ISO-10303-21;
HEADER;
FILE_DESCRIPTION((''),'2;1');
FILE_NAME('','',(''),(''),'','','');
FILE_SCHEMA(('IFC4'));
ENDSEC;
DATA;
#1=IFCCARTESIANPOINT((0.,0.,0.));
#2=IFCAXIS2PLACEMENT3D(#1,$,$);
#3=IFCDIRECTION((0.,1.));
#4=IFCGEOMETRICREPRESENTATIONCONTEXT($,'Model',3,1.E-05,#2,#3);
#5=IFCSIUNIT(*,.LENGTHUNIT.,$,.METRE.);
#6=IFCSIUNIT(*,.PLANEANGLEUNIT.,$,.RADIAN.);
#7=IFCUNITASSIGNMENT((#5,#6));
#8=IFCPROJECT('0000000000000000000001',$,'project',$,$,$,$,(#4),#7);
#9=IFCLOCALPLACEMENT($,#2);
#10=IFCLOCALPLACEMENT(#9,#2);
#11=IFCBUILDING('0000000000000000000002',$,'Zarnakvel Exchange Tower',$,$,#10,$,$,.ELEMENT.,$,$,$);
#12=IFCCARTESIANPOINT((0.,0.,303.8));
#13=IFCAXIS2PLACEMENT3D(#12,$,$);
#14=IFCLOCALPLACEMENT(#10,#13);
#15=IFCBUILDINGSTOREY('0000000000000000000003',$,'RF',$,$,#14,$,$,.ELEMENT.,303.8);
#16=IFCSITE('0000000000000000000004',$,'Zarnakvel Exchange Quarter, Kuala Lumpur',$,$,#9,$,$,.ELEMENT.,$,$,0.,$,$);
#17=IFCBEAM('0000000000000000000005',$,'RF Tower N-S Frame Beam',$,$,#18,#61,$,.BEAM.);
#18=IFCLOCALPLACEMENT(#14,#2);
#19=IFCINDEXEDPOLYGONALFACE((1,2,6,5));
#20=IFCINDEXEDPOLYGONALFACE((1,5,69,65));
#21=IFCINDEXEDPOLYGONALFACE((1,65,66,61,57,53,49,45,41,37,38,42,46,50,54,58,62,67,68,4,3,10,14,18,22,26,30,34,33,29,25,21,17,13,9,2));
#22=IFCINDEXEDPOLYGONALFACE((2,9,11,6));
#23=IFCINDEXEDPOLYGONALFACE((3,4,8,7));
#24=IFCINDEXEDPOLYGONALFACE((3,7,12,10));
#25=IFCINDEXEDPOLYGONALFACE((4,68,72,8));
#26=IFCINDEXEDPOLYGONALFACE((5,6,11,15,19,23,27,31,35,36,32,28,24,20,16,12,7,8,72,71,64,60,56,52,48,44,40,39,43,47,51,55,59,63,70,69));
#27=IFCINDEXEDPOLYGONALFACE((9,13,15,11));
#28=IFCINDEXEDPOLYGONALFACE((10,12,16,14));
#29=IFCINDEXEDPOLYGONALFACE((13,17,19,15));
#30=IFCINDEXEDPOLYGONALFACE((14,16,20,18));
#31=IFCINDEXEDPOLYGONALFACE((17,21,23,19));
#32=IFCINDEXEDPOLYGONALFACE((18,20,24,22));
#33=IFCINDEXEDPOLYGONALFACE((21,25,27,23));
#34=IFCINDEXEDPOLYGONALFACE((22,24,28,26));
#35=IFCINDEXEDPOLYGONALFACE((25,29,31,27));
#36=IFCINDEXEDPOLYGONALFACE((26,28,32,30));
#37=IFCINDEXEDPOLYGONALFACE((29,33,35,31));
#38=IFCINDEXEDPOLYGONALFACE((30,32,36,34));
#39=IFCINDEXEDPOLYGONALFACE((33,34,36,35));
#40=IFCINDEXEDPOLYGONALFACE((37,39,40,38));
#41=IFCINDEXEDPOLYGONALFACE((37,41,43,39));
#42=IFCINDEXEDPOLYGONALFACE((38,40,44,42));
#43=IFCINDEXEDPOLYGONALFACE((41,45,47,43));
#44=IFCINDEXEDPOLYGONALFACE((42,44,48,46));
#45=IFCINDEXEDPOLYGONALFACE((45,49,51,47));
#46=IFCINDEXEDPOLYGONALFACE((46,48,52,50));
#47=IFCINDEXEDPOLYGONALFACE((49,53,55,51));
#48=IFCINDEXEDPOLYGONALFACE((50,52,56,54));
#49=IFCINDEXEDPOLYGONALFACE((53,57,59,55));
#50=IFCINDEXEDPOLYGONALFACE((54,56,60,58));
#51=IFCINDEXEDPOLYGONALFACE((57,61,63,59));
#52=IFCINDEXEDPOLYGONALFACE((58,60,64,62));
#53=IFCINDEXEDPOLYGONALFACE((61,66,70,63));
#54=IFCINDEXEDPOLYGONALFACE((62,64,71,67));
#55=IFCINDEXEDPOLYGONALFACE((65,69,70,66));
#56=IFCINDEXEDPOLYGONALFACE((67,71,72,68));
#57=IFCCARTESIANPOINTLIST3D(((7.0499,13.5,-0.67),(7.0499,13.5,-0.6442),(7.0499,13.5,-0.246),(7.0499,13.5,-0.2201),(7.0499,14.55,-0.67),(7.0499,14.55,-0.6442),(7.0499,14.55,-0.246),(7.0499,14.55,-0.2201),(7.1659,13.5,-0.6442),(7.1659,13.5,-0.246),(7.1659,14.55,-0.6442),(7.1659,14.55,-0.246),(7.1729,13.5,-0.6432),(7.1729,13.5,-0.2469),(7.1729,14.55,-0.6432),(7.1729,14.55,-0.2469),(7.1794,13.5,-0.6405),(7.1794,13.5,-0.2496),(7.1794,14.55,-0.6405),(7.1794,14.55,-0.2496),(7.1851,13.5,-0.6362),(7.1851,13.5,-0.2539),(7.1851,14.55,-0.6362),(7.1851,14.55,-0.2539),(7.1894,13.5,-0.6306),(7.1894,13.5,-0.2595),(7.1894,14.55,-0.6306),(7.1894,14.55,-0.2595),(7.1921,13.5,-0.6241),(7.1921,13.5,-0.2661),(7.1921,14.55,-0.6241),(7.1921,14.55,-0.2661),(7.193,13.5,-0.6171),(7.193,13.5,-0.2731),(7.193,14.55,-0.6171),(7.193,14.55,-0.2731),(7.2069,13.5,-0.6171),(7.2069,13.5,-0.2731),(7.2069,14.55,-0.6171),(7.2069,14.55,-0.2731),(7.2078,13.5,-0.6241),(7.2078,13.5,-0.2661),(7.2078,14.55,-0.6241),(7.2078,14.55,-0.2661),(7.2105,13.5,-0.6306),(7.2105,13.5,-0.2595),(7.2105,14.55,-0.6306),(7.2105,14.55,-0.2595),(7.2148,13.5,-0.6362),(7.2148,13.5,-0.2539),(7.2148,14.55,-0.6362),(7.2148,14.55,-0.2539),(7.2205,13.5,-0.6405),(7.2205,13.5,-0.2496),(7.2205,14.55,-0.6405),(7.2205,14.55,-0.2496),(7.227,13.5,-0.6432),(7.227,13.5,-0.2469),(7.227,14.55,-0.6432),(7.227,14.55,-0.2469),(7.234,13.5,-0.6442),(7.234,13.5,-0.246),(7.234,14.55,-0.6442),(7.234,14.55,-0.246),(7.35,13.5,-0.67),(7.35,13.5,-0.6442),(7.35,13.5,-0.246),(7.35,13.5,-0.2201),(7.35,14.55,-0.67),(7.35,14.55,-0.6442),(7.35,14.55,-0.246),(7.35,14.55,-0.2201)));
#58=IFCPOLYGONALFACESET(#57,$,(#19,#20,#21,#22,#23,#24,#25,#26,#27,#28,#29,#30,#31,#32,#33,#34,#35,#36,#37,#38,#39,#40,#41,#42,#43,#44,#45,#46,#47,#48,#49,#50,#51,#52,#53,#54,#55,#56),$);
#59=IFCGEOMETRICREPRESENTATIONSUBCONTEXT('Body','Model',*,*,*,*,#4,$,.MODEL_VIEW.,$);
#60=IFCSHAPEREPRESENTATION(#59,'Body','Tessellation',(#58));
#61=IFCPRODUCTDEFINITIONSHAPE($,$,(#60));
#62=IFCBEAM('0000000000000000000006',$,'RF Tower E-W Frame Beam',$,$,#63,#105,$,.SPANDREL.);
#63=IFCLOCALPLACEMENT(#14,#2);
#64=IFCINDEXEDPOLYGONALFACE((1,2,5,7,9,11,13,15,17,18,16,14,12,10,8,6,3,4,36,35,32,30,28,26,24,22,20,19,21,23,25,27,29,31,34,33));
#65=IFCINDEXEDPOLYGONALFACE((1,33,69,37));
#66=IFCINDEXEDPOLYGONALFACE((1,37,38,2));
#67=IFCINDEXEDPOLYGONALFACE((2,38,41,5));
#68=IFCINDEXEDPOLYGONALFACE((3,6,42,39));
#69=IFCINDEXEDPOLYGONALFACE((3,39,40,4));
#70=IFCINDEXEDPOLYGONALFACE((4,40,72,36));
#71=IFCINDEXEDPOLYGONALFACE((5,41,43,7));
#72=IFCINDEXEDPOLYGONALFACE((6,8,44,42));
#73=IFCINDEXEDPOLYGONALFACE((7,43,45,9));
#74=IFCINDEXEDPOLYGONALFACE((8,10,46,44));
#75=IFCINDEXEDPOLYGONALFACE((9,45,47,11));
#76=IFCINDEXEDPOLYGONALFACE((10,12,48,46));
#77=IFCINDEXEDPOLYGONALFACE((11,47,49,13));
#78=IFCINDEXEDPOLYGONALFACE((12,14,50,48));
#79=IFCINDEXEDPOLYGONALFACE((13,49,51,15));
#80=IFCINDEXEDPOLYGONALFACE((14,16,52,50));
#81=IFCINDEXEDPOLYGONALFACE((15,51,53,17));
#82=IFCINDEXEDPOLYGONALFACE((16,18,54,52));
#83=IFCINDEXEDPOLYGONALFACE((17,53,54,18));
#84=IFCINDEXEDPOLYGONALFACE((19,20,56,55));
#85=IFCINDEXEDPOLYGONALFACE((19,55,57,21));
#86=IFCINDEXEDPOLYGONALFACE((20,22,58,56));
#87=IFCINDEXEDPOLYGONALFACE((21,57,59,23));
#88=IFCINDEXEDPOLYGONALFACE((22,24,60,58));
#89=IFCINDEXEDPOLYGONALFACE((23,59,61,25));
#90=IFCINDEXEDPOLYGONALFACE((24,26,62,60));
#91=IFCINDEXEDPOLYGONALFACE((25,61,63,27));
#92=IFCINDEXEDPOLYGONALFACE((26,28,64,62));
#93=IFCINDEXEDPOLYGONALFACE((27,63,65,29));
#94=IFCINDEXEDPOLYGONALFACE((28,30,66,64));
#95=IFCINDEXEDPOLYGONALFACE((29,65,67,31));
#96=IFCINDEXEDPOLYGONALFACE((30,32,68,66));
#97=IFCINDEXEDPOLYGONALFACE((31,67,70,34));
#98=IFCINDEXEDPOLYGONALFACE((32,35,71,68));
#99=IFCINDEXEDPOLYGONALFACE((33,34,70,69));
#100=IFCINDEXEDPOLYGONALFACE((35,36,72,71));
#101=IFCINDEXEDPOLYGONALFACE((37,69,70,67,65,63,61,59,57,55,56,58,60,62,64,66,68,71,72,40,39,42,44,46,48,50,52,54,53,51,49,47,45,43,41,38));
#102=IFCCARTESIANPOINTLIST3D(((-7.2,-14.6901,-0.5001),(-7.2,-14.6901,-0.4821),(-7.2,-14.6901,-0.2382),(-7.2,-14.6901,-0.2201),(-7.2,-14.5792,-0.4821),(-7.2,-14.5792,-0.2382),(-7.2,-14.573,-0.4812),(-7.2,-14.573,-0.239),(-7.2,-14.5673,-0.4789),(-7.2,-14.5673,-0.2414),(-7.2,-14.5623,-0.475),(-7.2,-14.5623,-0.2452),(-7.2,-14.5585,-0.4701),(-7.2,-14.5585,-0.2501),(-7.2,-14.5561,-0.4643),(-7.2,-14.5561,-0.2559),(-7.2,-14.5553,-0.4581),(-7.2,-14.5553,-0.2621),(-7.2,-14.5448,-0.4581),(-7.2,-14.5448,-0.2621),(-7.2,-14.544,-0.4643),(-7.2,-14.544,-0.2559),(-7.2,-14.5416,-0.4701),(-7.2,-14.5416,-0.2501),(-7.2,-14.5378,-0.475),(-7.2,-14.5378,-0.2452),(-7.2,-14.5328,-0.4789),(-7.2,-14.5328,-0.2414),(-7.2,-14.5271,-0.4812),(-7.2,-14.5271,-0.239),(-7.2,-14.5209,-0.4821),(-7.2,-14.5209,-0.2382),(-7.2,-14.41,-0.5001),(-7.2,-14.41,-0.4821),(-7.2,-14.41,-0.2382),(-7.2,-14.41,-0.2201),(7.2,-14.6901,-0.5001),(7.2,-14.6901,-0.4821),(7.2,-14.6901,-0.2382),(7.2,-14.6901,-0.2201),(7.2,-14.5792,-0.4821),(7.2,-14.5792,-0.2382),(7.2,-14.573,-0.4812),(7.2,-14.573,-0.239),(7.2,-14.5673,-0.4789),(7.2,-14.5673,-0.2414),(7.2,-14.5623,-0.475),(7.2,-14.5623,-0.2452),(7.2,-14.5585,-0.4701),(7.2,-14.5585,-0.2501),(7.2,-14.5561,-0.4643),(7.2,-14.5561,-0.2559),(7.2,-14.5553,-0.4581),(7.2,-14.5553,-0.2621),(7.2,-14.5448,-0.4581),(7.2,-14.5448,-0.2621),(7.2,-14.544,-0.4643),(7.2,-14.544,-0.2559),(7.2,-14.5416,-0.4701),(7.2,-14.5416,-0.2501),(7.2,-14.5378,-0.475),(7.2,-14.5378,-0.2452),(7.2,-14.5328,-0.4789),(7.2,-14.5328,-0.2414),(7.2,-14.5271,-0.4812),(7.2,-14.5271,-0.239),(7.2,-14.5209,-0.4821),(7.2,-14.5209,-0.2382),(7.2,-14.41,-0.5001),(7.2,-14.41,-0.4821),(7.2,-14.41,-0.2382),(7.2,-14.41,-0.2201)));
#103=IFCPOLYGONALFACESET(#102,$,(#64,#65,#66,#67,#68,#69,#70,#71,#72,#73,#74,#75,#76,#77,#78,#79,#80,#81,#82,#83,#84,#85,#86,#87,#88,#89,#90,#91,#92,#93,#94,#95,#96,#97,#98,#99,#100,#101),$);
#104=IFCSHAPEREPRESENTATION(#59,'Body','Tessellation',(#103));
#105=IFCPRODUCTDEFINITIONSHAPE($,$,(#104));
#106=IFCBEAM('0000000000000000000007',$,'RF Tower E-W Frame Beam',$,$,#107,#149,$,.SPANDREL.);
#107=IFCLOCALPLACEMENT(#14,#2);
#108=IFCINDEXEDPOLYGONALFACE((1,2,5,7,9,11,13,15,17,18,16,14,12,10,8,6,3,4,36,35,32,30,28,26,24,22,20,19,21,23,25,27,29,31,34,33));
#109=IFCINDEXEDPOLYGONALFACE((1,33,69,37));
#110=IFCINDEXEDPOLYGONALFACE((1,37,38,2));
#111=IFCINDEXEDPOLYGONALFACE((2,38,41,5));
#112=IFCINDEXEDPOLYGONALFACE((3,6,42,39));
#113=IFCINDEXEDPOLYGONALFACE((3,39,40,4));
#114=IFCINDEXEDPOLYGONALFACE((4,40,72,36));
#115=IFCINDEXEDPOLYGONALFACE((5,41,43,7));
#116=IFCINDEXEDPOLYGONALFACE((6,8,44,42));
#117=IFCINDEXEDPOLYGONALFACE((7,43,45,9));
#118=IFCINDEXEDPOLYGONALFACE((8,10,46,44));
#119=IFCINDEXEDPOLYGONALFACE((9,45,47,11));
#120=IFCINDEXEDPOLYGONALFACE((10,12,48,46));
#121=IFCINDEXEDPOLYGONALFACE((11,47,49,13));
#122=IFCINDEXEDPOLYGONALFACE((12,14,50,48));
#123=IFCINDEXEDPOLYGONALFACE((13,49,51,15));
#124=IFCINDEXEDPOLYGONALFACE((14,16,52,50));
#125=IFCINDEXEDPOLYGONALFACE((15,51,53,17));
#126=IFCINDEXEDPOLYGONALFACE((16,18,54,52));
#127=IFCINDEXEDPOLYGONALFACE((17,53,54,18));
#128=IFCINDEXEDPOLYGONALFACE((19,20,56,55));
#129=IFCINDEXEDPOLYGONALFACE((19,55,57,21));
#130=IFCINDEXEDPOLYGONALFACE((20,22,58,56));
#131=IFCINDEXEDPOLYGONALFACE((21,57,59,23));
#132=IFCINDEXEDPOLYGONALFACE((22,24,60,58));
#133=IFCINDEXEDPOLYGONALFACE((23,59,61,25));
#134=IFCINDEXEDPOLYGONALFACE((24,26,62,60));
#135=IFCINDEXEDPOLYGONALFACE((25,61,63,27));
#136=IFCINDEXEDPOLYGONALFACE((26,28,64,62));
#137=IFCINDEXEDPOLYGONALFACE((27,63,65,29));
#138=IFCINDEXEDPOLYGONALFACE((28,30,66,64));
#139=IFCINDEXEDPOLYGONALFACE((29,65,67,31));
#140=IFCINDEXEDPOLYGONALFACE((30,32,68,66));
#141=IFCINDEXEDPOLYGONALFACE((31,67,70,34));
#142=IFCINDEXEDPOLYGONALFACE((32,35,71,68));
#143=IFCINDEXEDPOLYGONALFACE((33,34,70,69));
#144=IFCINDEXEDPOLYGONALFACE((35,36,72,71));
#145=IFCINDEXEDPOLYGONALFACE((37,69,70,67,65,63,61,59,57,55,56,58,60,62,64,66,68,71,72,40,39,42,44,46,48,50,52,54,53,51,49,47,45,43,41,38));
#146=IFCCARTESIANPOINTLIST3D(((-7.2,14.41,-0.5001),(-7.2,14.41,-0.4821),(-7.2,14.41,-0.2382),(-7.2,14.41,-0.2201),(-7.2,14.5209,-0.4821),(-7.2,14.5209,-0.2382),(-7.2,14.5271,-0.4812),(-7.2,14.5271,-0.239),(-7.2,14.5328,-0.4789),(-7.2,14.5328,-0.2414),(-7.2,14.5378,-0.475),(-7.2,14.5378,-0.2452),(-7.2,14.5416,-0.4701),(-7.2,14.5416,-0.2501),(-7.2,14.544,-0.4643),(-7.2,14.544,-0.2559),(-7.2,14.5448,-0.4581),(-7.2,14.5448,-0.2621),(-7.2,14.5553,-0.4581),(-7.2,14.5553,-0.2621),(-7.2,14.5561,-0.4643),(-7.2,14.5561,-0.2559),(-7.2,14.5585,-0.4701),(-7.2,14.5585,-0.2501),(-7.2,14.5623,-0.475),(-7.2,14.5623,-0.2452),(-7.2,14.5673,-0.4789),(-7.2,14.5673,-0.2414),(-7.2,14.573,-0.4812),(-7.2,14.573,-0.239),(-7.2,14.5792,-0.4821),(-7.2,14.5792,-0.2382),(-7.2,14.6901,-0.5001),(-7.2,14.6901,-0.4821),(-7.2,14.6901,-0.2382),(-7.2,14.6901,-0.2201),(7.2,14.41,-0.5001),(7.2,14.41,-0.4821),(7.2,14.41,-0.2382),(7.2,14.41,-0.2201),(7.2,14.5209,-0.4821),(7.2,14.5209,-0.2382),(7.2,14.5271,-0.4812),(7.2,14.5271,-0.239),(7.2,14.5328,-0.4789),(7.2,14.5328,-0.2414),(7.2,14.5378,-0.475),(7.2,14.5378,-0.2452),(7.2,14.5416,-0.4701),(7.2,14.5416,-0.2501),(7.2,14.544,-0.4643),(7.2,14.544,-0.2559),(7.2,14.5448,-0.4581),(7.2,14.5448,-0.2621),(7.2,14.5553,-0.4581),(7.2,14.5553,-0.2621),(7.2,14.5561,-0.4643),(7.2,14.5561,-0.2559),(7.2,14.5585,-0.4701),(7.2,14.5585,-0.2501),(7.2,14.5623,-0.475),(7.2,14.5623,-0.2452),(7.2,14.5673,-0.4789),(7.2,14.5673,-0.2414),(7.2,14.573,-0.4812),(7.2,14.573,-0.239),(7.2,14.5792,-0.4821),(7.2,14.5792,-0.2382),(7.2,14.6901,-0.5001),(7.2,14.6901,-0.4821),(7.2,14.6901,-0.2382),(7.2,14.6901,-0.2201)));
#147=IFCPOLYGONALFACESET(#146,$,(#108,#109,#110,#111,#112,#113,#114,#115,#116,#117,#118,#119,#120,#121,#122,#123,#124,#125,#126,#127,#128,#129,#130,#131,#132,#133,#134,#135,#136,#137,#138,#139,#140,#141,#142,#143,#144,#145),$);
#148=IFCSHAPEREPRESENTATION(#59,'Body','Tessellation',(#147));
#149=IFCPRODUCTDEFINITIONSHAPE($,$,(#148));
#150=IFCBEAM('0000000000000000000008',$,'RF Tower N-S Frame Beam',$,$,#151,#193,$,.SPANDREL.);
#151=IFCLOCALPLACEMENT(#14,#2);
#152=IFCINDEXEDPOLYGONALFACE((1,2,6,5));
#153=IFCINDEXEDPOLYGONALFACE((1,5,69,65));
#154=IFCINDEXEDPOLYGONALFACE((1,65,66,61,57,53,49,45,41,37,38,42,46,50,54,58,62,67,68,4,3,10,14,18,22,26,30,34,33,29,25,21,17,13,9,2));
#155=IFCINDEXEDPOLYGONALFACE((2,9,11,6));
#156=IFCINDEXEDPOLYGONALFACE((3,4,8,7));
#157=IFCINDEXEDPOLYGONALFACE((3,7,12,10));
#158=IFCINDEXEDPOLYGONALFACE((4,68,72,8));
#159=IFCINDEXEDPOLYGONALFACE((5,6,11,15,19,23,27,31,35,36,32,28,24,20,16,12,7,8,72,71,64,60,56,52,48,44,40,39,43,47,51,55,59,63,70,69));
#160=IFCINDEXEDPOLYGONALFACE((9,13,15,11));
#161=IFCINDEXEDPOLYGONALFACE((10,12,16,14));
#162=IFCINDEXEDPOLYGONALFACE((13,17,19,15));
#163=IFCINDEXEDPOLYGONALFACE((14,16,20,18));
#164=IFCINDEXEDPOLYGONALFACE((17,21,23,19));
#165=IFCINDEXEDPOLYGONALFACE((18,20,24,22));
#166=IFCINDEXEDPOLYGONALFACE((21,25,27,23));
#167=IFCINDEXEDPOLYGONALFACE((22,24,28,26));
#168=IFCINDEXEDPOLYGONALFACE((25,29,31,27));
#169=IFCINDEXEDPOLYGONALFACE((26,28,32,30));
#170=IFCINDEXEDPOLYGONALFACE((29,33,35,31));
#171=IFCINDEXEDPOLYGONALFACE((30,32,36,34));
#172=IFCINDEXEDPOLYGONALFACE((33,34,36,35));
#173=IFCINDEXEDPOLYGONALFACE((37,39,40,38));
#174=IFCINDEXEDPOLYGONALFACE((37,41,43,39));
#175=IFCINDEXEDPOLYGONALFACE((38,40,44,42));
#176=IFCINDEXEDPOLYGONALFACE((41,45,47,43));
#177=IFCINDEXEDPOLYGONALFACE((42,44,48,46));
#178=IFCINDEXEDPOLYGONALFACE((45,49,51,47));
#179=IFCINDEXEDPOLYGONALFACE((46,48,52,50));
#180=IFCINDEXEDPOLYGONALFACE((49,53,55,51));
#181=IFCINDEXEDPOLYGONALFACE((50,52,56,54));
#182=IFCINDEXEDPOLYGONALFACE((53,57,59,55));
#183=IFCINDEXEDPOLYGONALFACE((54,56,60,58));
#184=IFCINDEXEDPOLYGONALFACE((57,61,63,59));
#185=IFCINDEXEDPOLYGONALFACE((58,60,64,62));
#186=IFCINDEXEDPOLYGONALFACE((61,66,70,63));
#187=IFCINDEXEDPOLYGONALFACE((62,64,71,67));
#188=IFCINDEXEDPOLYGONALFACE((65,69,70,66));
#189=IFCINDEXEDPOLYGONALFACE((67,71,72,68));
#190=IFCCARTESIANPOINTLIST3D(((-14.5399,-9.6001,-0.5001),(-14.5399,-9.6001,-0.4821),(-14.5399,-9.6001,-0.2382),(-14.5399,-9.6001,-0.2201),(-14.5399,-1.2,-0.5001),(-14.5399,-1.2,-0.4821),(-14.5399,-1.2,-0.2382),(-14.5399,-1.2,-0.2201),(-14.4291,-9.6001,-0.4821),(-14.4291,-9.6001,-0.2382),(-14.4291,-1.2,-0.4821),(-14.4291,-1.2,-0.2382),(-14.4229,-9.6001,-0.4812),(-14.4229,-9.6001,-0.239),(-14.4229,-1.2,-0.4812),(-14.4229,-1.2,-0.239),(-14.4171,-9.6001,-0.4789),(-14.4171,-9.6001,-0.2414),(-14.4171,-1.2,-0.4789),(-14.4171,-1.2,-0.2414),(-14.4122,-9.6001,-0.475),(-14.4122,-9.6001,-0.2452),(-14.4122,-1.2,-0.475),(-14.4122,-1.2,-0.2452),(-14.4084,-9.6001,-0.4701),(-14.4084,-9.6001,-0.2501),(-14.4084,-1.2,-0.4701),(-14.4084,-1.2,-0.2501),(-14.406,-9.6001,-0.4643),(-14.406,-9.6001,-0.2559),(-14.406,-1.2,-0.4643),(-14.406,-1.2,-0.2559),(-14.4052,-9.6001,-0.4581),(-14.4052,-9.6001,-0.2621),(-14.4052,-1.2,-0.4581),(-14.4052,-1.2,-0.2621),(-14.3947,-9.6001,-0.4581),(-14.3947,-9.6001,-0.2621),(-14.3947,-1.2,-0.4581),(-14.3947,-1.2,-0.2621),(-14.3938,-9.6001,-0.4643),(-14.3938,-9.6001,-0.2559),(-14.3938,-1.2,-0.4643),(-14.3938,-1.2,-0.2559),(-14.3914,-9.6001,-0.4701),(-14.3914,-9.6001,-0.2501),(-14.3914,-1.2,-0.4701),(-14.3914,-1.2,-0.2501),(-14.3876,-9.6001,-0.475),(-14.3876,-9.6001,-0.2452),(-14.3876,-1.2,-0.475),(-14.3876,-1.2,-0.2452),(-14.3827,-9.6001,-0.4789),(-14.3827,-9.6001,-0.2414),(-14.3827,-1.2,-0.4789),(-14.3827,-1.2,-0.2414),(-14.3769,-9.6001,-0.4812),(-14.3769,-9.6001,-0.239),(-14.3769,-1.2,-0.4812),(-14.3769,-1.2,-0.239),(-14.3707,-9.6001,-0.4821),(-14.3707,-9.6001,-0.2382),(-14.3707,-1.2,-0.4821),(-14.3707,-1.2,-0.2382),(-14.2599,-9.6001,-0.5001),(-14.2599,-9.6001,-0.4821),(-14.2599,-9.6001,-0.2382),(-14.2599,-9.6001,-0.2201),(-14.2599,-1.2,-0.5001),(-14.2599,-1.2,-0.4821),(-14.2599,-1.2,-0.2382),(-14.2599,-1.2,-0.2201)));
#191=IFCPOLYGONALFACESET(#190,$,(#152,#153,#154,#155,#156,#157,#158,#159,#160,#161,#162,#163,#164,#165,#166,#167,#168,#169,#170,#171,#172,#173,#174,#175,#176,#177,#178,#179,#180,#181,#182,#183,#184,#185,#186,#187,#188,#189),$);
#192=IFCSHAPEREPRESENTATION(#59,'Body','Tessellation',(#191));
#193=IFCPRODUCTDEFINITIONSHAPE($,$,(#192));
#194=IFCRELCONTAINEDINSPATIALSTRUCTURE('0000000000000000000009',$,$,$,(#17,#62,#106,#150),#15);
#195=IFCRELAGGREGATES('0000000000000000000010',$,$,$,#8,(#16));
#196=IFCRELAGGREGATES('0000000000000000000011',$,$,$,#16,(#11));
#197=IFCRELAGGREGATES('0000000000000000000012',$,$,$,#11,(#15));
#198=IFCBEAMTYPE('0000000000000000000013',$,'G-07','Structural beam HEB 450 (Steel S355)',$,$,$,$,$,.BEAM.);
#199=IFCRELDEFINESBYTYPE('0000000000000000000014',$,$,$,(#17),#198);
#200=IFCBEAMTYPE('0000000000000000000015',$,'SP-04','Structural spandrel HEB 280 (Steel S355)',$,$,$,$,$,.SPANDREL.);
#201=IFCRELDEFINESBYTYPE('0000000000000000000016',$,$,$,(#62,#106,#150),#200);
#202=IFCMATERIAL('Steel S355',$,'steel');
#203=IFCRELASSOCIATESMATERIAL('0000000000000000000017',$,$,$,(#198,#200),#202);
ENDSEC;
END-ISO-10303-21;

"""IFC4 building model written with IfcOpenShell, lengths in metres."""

from ifc_helpers import new_model, si_unit, direction, frame, origin, origin_2d, place, context, subcontext, project, spatial, i_section, extrude, material, material_profile, profile_set, type_object, element, save


model = new_model("IFC4")

# Units and contexts
model_context = context("Model", 3, precision=1e-05, world=origin(), true_north=direction((0.0, 1.0)))
body_context = subcontext(model_context, "Body", "Model", "MODEL_VIEW")
ifc_project = project(units=[si_unit("LENGTHUNIT", "METRE"), si_unit("PLANEANGLEUNIT", "RADIAN")], contexts=[model_context])

# Site, building, storey
site_placement = place(None, origin())
site = spatial("IfcSite", under=ifc_project, at=site_placement, Name="Zarnakvel Exchange Quarter, Kuala Lumpur", CompositionType="ELEMENT", RefElevation=0.0)
building_placement = place(site_placement, origin())
building = spatial("IfcBuilding", under=site, at=building_placement, Name="Zarnakvel Exchange Tower", CompositionType="ELEMENT")
storey_placement = place(building_placement, frame((0.0, 0.0, 303.8)))
storey = spatial("IfcBuildingStorey", under=building, at=storey_placement, Name="RF", CompositionType="ELEMENT", Elevation=303.8)

# Beams
ifc_material_1 = material(Name="Steel S355", Category="steel")
ifc_material_profile_1 = material_profile(ifc_material_1, i_section(OverallWidth=0.3, OverallDepth=0.45, WebThickness=0.0139, FlangeThickness=0.0259, FilletRadius=0.0271, at=origin_2d()))
ifc_profile_set_1 = profile_set([ifc_material_profile_1], Name="Steel S355")
beam_type_1 = type_object("IfcBeamType", Name="G-07", Description="Structural beam HEB 450 (Steel S355)", PredefinedType="BEAM", material=ifc_profile_set_1)
beam_1_placement = place(storey_placement, frame((7.2, 13.5, -0.4451), z_axis=(0.0, 1.0, 0.0), x_axis=(-1.0, 0.0, 0.0)))
element("IfcBeam", 1, at=beam_1_placement, inside=storey, type_object=beam_type_1, Name="RF Tower N-S Frame Beam", PredefinedType="BEAM", context=body_context, shape_type="SweptSolid", body=[
    extrude(i_section(OverallWidth=0.3, OverallDepth=0.45, WebThickness=0.0139, FlangeThickness=0.0259, FilletRadius=0.0271, at=origin_2d()), origin(), (0.0, 0.0, 1.0), 1.05),
])
ifc_material_profile_2 = material_profile(ifc_material_1, i_section(OverallWidth=0.28, OverallDepth=0.28, WebThickness=0.0105, FlangeThickness=0.0181, FilletRadius=0.0239, at=origin_2d()))
ifc_profile_set_2 = profile_set([ifc_material_profile_2], Name="Steel S355")
beam_type_2 = type_object("IfcBeamType", Name="SP-04", Description="Structural spandrel HEB 280 (Steel S355)", PredefinedType="SPANDREL", material=ifc_profile_set_2)
for number, where, z_axis, x_axis, name in (
    (2, (-7.2, -14.55, -0.3601), (1.0, 0.0, 0.0), (0.0, 1.0, 0.0), "RF Tower E-W Frame Beam"),
    (3, (-7.2, 14.55, -0.3601), (1.0, 0.0, 0.0), (0.0, 1.0, 0.0), "RF Tower E-W Frame Beam"),
):
    element("IfcBeam", number, at=place(storey_placement, frame(where, z_axis=z_axis, x_axis=x_axis)), inside=storey, type_object=beam_type_2, Name=name, PredefinedType="SPANDREL", context=body_context, shape_type="SweptSolid", body=[
        extrude(i_section(OverallWidth=0.28, OverallDepth=0.28, WebThickness=0.0105, FlangeThickness=0.0181, FilletRadius=0.0239, at=origin_2d()), origin(), (0.0, 0.0, 1.0), 14.3999),
    ])
for number, where, z_axis, x_axis, name in (
    (4, (-14.3999, -9.6001, -0.3601), (0.0, 1.0, 0.0), (-1.0, 0.0, 0.0), "RF Tower N-S Frame Beam"),
):
    element("IfcBeam", number, at=place(storey_placement, frame(where, z_axis=z_axis, x_axis=x_axis)), inside=storey, type_object=beam_type_2, Name=name, PredefinedType="SPANDREL", context=body_context, shape_type="SweptSolid", body=[
        extrude(i_section(OverallWidth=0.28, OverallDepth=0.28, WebThickness=0.0105, FlangeThickness=0.0181, FilletRadius=0.0239, at=origin_2d()), origin(), (0.0, 0.0, 1.0), 8.4001),
    ])

save(model, "model.ifc")
